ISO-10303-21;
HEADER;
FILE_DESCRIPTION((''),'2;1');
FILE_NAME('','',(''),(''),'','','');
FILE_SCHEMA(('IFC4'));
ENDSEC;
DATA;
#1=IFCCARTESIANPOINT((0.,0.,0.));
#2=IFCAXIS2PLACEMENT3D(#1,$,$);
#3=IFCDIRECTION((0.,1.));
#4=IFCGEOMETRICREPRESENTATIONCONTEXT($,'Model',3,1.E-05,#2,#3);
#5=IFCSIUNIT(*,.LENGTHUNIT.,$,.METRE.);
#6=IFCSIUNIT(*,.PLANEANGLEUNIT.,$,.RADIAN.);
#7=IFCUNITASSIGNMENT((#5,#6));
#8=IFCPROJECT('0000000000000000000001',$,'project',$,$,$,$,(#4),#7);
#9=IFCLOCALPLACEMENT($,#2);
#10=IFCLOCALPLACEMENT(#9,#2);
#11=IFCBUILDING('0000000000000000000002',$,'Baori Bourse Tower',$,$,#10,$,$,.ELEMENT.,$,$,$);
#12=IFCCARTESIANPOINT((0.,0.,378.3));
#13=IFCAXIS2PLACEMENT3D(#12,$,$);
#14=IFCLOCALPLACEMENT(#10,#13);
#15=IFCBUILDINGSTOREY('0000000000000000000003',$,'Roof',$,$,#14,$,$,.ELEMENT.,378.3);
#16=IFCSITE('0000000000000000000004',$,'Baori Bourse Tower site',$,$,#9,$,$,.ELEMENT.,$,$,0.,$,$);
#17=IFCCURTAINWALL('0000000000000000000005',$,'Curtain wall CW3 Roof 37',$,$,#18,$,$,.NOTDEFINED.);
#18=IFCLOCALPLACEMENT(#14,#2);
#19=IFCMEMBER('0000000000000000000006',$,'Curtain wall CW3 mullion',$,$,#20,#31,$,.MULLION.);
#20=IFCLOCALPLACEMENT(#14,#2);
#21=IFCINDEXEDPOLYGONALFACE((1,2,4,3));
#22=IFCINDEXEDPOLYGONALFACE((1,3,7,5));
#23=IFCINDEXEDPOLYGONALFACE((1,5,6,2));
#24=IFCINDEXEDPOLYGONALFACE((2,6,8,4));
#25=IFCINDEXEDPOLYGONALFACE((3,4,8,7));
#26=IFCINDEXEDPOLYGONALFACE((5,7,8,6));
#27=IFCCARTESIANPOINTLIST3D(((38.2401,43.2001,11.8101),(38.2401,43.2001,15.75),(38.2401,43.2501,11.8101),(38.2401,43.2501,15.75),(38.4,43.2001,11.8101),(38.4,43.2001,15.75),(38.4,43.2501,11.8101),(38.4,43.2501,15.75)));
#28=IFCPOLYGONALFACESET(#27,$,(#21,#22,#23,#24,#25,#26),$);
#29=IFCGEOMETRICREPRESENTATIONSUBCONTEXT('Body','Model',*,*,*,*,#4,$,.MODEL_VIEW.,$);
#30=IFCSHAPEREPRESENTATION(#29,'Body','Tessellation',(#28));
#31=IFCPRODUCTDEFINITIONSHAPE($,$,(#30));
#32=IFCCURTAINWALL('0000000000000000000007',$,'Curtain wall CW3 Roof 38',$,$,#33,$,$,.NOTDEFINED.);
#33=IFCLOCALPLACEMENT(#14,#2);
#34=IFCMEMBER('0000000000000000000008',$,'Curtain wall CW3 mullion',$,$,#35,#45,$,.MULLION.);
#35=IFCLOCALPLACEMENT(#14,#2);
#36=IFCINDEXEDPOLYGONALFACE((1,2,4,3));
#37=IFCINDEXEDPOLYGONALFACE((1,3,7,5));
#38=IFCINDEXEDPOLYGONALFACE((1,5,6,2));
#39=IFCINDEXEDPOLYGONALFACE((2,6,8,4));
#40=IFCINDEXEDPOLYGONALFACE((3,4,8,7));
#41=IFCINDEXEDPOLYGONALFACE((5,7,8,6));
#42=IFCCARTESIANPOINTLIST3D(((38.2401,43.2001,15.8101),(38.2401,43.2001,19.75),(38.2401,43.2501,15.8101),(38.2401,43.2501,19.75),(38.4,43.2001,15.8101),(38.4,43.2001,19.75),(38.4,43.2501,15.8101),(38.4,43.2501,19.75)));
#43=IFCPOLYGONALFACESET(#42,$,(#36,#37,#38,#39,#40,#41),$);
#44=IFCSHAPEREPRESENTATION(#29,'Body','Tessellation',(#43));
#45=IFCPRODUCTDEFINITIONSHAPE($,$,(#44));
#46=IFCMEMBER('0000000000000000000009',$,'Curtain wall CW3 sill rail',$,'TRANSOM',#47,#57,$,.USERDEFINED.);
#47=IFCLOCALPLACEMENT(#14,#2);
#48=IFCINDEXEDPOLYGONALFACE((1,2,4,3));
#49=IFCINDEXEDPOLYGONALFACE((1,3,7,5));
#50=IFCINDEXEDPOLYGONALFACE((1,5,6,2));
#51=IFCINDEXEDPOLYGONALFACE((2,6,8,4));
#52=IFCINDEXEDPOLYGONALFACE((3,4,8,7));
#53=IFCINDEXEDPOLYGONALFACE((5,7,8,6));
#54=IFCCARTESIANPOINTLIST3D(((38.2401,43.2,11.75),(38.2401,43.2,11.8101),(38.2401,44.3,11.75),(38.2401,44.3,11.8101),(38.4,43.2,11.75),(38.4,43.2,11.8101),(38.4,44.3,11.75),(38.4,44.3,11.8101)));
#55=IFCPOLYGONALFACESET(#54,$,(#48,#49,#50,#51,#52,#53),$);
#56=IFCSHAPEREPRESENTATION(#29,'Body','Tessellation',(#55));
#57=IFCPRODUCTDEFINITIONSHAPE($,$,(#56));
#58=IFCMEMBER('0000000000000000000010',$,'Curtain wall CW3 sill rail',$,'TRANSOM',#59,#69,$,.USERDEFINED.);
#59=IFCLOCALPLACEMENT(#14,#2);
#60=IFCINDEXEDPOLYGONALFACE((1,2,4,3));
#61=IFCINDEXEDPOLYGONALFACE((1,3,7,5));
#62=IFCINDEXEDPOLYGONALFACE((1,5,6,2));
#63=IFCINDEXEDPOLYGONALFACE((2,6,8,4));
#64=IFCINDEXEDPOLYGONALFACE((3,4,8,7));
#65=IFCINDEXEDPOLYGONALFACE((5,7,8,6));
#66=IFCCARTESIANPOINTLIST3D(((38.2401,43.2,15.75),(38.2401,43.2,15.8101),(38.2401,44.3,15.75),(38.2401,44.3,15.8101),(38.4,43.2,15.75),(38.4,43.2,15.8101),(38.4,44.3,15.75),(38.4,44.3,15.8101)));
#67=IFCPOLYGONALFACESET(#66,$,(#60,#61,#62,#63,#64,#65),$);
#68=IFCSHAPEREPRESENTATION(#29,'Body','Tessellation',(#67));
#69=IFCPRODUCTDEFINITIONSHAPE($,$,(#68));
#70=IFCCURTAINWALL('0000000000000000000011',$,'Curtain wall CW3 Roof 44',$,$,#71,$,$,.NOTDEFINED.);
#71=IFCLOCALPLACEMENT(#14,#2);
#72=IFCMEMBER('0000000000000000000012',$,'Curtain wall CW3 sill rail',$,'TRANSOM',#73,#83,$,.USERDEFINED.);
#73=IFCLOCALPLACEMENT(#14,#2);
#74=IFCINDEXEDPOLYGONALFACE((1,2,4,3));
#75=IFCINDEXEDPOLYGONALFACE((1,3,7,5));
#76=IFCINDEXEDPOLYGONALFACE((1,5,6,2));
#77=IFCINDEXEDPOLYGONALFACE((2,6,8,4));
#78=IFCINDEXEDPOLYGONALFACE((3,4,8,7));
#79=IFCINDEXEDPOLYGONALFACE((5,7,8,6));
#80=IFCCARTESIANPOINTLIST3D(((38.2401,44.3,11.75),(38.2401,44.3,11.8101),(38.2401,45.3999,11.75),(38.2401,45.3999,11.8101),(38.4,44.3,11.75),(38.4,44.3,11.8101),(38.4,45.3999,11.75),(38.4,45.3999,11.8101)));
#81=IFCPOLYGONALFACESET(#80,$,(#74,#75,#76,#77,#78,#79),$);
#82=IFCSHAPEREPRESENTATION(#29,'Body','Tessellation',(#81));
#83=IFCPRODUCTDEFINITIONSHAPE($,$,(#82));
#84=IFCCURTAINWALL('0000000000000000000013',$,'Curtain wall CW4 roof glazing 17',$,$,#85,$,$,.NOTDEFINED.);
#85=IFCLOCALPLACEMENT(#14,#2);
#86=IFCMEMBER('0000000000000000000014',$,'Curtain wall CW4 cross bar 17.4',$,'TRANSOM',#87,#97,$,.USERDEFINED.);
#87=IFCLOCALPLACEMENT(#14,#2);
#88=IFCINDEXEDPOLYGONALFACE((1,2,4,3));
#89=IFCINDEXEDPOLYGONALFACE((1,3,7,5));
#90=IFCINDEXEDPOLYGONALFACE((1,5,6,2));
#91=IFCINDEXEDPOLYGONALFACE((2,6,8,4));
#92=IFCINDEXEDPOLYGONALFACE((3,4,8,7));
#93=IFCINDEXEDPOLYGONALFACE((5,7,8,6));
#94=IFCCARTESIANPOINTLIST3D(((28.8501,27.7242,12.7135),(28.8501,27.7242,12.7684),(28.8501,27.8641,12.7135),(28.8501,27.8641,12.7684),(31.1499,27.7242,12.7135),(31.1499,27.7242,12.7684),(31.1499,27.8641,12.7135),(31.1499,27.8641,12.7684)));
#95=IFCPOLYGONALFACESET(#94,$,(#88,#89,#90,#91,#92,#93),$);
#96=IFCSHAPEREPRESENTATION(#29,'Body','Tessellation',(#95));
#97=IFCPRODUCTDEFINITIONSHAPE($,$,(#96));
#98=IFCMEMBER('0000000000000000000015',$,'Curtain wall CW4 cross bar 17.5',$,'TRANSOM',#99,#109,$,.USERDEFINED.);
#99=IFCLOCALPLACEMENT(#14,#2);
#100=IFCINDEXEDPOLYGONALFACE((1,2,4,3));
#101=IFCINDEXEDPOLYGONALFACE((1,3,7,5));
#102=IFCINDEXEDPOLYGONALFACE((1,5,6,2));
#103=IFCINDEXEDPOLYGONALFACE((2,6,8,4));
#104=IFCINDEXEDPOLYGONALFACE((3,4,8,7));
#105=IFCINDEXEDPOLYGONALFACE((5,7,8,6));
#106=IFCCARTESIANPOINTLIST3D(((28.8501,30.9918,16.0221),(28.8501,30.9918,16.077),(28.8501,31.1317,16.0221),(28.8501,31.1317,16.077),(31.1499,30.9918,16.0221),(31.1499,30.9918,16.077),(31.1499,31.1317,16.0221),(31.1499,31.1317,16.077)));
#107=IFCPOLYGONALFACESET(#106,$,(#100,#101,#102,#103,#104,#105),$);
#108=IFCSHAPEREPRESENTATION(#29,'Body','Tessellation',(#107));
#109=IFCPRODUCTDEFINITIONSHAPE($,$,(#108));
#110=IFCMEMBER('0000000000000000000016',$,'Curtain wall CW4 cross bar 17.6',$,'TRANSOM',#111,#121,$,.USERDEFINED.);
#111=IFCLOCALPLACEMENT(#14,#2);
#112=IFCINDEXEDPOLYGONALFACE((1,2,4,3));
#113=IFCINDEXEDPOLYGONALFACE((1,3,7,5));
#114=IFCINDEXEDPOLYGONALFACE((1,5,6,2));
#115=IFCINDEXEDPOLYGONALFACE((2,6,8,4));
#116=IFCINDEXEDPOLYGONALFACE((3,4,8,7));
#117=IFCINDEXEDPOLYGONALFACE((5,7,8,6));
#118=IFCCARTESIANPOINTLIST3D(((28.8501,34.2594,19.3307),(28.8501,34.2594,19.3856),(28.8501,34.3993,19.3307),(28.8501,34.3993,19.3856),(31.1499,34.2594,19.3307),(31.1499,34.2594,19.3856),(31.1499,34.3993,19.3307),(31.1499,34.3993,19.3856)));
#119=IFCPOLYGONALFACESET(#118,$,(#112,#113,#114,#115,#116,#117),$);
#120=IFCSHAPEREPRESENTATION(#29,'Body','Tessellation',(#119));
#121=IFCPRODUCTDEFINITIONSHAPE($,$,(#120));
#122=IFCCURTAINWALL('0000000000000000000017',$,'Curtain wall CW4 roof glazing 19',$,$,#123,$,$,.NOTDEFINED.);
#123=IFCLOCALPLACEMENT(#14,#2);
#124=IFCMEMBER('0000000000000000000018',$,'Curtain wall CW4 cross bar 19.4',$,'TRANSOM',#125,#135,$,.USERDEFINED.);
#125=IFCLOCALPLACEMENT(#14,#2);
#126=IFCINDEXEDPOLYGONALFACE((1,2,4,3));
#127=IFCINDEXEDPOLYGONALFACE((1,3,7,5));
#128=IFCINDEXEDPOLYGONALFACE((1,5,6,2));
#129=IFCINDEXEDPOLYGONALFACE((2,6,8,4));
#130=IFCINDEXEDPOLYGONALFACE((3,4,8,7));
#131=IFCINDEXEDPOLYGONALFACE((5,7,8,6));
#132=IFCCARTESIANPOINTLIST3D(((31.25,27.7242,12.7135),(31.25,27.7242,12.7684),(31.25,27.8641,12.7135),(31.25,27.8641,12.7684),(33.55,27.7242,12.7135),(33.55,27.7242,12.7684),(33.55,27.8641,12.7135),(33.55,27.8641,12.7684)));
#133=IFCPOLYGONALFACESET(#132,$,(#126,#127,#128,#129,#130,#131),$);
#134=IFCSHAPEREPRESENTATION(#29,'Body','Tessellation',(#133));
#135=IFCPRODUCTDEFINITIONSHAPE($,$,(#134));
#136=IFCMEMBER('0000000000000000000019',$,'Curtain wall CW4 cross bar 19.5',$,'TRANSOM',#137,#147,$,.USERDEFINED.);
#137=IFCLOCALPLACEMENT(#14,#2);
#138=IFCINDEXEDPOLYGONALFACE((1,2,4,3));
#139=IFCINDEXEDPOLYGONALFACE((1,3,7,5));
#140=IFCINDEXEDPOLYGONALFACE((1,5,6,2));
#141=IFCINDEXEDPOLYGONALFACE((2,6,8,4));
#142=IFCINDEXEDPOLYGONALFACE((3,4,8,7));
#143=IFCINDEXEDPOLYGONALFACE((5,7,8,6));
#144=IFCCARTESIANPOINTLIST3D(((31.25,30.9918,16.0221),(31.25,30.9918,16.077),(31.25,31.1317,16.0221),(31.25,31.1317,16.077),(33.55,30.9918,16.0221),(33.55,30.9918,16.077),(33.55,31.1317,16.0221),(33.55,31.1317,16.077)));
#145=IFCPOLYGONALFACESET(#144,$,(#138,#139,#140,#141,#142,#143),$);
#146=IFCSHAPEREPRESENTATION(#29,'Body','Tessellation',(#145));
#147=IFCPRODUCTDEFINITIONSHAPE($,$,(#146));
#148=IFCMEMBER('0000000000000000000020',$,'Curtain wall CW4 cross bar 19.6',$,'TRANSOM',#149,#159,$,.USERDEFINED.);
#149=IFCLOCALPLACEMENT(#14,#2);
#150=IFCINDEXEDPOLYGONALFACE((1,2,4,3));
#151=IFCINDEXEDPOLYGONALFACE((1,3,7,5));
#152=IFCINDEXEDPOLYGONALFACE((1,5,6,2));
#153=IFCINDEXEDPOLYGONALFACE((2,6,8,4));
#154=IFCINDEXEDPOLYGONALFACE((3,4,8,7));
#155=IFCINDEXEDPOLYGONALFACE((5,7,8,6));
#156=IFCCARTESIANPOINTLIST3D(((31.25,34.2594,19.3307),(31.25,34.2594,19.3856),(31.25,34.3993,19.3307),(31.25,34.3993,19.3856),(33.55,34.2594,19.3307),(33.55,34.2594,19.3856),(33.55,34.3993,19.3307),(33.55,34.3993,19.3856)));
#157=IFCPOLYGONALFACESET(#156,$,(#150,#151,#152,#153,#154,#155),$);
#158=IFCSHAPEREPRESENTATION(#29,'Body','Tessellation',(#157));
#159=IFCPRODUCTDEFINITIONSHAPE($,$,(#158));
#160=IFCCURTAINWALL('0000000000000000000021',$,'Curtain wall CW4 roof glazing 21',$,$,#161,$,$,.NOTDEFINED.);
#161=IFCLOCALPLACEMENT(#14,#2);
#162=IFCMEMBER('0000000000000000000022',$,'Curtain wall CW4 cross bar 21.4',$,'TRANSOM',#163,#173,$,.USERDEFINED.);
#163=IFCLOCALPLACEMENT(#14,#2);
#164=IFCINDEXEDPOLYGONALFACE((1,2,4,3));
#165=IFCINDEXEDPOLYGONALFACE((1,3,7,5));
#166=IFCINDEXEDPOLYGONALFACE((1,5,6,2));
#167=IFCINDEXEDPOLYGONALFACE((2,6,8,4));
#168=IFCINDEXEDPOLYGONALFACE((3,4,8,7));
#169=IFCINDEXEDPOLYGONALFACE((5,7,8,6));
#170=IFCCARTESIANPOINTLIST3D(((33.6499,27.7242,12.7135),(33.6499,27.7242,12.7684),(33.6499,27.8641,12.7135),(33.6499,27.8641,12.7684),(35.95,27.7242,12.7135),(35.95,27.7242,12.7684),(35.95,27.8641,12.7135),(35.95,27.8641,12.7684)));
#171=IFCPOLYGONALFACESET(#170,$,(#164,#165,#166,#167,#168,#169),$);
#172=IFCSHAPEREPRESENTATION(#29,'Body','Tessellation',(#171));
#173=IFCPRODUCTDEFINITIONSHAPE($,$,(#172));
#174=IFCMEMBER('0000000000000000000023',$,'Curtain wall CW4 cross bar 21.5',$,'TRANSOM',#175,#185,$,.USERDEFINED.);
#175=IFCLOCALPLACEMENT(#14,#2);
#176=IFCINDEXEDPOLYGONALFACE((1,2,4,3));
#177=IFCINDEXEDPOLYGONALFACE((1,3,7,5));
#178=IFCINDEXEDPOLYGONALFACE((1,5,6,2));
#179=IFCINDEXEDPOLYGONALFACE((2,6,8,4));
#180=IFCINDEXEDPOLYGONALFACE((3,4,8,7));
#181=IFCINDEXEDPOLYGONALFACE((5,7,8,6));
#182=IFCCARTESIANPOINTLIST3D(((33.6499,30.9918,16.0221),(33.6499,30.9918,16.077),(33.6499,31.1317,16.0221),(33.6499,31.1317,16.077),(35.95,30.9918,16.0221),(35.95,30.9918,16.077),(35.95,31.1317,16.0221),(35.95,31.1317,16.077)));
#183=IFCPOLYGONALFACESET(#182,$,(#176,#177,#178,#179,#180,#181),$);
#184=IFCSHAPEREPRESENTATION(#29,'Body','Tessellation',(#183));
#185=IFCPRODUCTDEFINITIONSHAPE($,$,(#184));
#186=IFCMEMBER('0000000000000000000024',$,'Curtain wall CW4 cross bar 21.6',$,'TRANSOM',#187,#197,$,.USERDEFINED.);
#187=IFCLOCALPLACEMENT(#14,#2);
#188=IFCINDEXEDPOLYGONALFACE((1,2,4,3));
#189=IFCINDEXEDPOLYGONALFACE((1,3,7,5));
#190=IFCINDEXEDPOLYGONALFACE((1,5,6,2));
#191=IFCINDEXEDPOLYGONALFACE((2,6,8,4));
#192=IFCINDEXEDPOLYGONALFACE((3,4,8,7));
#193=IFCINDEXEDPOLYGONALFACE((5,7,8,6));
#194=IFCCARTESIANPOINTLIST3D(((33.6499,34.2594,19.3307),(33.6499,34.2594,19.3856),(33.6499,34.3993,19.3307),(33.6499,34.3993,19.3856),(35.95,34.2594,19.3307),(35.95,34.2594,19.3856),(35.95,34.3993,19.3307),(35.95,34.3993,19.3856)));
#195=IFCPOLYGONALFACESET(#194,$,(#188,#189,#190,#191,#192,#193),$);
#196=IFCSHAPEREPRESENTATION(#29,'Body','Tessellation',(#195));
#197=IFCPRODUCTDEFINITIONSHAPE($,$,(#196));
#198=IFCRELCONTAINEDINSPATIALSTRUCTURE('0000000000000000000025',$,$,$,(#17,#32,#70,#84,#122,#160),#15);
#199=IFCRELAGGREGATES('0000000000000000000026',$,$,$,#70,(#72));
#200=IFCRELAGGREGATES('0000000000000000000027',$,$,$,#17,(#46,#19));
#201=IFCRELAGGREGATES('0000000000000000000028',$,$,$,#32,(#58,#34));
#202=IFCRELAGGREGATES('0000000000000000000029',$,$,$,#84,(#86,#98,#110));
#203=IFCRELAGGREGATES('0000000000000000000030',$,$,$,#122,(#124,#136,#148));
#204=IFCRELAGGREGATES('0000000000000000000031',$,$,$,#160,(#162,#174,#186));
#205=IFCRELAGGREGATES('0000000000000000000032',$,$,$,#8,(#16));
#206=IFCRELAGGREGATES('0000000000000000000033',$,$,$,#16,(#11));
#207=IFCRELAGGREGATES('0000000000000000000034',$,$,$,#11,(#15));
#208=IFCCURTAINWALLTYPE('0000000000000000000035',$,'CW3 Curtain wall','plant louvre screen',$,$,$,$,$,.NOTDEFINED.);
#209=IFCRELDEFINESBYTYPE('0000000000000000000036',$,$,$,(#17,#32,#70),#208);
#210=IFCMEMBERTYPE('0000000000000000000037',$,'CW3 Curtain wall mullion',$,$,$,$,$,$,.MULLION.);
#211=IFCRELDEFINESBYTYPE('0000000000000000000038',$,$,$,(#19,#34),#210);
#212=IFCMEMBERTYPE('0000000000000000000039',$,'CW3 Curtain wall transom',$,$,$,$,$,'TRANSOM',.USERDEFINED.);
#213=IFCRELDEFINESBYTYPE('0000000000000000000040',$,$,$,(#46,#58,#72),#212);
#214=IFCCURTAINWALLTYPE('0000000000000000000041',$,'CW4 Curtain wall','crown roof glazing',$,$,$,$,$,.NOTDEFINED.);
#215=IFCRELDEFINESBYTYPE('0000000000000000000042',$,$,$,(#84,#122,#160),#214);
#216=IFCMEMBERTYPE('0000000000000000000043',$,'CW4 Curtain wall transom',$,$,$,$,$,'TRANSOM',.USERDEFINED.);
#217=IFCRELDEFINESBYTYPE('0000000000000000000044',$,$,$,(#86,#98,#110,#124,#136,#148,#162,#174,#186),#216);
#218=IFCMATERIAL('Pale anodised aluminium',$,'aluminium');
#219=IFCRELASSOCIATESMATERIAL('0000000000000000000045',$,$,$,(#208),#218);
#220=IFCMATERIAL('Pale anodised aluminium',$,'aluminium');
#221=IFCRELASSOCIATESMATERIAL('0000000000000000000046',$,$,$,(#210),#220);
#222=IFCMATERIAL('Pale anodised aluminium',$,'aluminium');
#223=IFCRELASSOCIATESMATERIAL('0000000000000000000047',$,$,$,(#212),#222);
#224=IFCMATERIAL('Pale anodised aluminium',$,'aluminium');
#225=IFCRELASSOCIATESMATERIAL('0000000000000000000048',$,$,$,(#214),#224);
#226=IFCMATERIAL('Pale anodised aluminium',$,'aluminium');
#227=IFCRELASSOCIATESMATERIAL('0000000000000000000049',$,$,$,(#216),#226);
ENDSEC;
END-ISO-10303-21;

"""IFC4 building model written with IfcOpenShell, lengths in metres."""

from ifc_helpers import new_model, si_unit, direction, frame, origin, origin_2d, place, context, subcontext, project, spatial, rectangle, extrude, material, material_profile, profile_set, type_object, element, aggregate, save


model = new_model("IFC4")

# Units and contexts
model_context = context("Model", 3, precision=1e-05, world=origin(), true_north=direction((0.0, 1.0)))
body_context = subcontext(model_context, "Body", "Model", "MODEL_VIEW")
ifc_project = project(units=[si_unit("LENGTHUNIT", "METRE"), si_unit("PLANEANGLEUNIT", "RADIAN")], contexts=[model_context])

# Site, building, storey
site_placement = place(None, origin())
site = spatial("IfcSite", under=ifc_project, at=site_placement, Name="Baori Bourse Tower site", CompositionType="ELEMENT", RefElevation=0.0)
building_placement = place(site_placement, origin())
building = spatial("IfcBuilding", under=site, at=building_placement, Name="Baori Bourse Tower", CompositionType="ELEMENT")
storey_placement = place(building_placement, frame((0.0, 0.0, 378.3)))
storey = spatial("IfcBuildingStorey", under=building, at=storey_placement, Name="Roof", CompositionType="ELEMENT", Elevation=378.3)

# Curtain walls, members
ifc_material_1 = material(Name="Pale anodised aluminium", Category="aluminium")
curtain_wall_type_1 = type_object("IfcCurtainWallType", Name="CW3 Curtain wall", Description="plant louvre screen", PredefinedType="NOTDEFINED", material=ifc_material_1)
curtain_wall_1_placement = place(storey_placement, origin())
curtain_wall_1 = element("IfcCurtainWall", 1, at=curtain_wall_1_placement, inside=storey, type_object=curtain_wall_type_1, Name="Curtain wall CW3 Roof 37", PredefinedType="NOTDEFINED")
ifc_material_2 = material(Name="Pale anodised aluminium", Category="aluminium")
ifc_material_profile_1 = material_profile(ifc_material_2, rectangle(XDim=0.1599, YDim=0.05, at=origin_2d()), Name="Mullion 50x160")
ifc_profile_set_1 = profile_set([ifc_material_profile_1], Name="Pale anodised aluminium")
member_type_1 = type_object("IfcMemberType", Name="CW3 Curtain wall mullion", PredefinedType="MULLION", material=ifc_profile_set_1)
member_1_placement = place(storey_placement, frame((38.3201, 43.2251, 11.8101), z_axis=(0.0, 0.0, 1.0), x_axis=(-1.0, 0.0, 0.0)))
member_1 = element("IfcMember", 2, at=member_1_placement, type_object=member_type_1, Name="Curtain wall CW3 mullion", PredefinedType="MULLION", context=body_context, shape_type="SweptSolid", body=[
    extrude(rectangle(XDim=0.1599, YDim=0.05, at=origin_2d()), origin(), (0.0, 0.0, 1.0), 3.9399),
])
curtain_wall_2_placement = place(storey_placement, origin())
curtain_wall_2 = element("IfcCurtainWall", 3, at=curtain_wall_2_placement, inside=storey, type_object=curtain_wall_type_1, Name="Curtain wall CW3 Roof 38", PredefinedType="NOTDEFINED")
member_2_placement = place(storey_placement, frame((38.3201, 43.2251, 15.8101), z_axis=(0.0, 0.0, 1.0), x_axis=(-1.0, 0.0, 0.0)))
member_2 = element("IfcMember", 4, at=member_2_placement, type_object=member_type_1, Name="Curtain wall CW3 mullion", PredefinedType="MULLION", context=body_context, shape_type="SweptSolid", body=[
    extrude(rectangle(XDim=0.1599, YDim=0.05, at=origin_2d()), origin(), (0.0, 0.0, 1.0), 3.9399),
])

# Members
ifc_material_3 = material(Name="Pale anodised aluminium", Category="aluminium")
ifc_material_profile_2 = material_profile(ifc_material_3, rectangle(XDim=0.1599, YDim=0.0601, at=origin_2d()), Name="Transom 60x160")
ifc_profile_set_2 = profile_set([ifc_material_profile_2], Name="Pale anodised aluminium")
member_type_2 = type_object("IfcMemberType", Name="CW3 Curtain wall transom", ElementType="TRANSOM", PredefinedType="USERDEFINED", material=ifc_profile_set_2)
member_3_placement = place(storey_placement, frame((38.3201, 43.2, 11.78), z_axis=(0.0, 1.0, 0.0), x_axis=(-1.0, 0.0, 0.0)))
member_3 = element("IfcMember", 5, at=member_3_placement, type_object=member_type_2, Name="Curtain wall CW3 sill rail", ObjectType="TRANSOM", PredefinedType="USERDEFINED", context=body_context, shape_type="SweptSolid", body=[
    extrude(rectangle(XDim=0.1599, YDim=0.0601, at=origin_2d()), origin(), (0.0, 0.0, 1.0), 1.1001),
])
member_4_placement = place(storey_placement, frame((38.3201, 43.2, 15.78), z_axis=(0.0, 1.0, 0.0), x_axis=(-1.0, 0.0, 0.0)))
member_4 = element("IfcMember", 6, at=member_4_placement, type_object=member_type_2, Name="Curtain wall CW3 sill rail", ObjectType="TRANSOM", PredefinedType="USERDEFINED", context=body_context, shape_type="SweptSolid", body=[
    extrude(rectangle(XDim=0.1599, YDim=0.0601, at=origin_2d()), origin(), (0.0, 0.0, 1.0), 1.1001),
])

# Curtain wall, member
curtain_wall_3_placement = place(storey_placement, origin())
curtain_wall_3 = element("IfcCurtainWall", 7, at=curtain_wall_3_placement, inside=storey, type_object=curtain_wall_type_1, Name="Curtain wall CW3 Roof 44", PredefinedType="NOTDEFINED")
member_5_placement = place(storey_placement, frame((38.3201, 44.3, 11.78), z_axis=(0.0, 1.0, 0.0), x_axis=(-1.0, 0.0, 0.0)))
member_5 = element("IfcMember", 8, at=member_5_placement, type_object=member_type_2, Name="Curtain wall CW3 sill rail", ObjectType="TRANSOM", PredefinedType="USERDEFINED", context=body_context, shape_type="SweptSolid", body=[
    extrude(rectangle(XDim=0.1599, YDim=0.0601, at=origin_2d()), origin(), (0.0, 0.0, 1.0), 1.0999),
])
aggregate(curtain_wall_3, [member_5])

# Curtain walls, members
ifc_material_4 = material(Name="Pale anodised aluminium", Category="aluminium")
curtain_wall_type_2 = type_object("IfcCurtainWallType", Name="CW4 Curtain wall", Description="crown roof glazing", PredefinedType="NOTDEFINED", material=ifc_material_4)
curtain_wall_4_placement = place(storey_placement, origin())
curtain_wall_4 = element("IfcCurtainWall", 9, at=curtain_wall_4_placement, inside=storey, type_object=curtain_wall_type_2, Name="Curtain wall CW4 roof glazing 17", PredefinedType="NOTDEFINED")
ifc_material_5 = material(Name="Pale anodised aluminium", Category="aluminium")
ifc_material_profile_3 = material_profile(ifc_material_5, rectangle(XDim=0.1399, YDim=0.0549, at=origin_2d()), Name="Transom 55x140")
ifc_profile_set_3 = profile_set([ifc_material_profile_3], Name="Pale anodised aluminium")
member_type_3 = type_object("IfcMemberType", Name="CW4 Curtain wall transom", ElementType="TRANSOM", PredefinedType="USERDEFINED", material=ifc_profile_set_3)
member_6_placement = place(storey_placement, frame((28.8501, 27.7942, 12.741), z_axis=(1.0, 0.0, 0.0), x_axis=(0.0, 1.0, 0.0)))
member_6 = element("IfcMember", 10, at=member_6_placement, type_object=member_type_3, Name="Curtain wall CW4 cross bar 17.4", ObjectType="TRANSOM", PredefinedType="USERDEFINED", context=body_context, shape_type="SweptSolid", body=[
    extrude(rectangle(XDim=0.1399, YDim=0.0549, at=origin_2d()), origin(), (0.0, 0.0, 1.0), 2.2998),
])
member_7_placement = place(storey_placement, frame((28.8501, 31.0618, 16.0496), z_axis=(1.0, 0.0, 0.0), x_axis=(0.0, 1.0, 0.0)))
member_7 = element("IfcMember", 11, at=member_7_placement, type_object=member_type_3, Name="Curtain wall CW4 cross bar 17.5", ObjectType="TRANSOM", PredefinedType="USERDEFINED", context=body_context, shape_type="SweptSolid", body=[
    extrude(rectangle(XDim=0.1399, YDim=0.0549, at=origin_2d()), origin(), (0.0, 0.0, 1.0), 2.2998),
])
member_8_placement = place(storey_placement, frame((28.8501, 34.3293, 19.3582), z_axis=(1.0, 0.0, 0.0), x_axis=(0.0, 1.0, 0.0)))
member_8 = element("IfcMember", 12, at=member_8_placement, type_object=member_type_3, Name="Curtain wall CW4 cross bar 17.6", ObjectType="TRANSOM", PredefinedType="USERDEFINED", context=body_context, shape_type="SweptSolid", body=[
    extrude(rectangle(XDim=0.1399, YDim=0.0549, at=origin_2d()), origin(), (0.0, 0.0, 1.0), 2.2998),
])
curtain_wall_5_placement = place(storey_placement, origin())
curtain_wall_5 = element("IfcCurtainWall", 13, at=curtain_wall_5_placement, inside=storey, type_object=curtain_wall_type_2, Name="Curtain wall CW4 roof glazing 19", PredefinedType="NOTDEFINED")
member_9_placement = place(storey_placement, frame((31.25, 27.7942, 12.741), z_axis=(1.0, 0.0, 0.0), x_axis=(0.0, 1.0, 0.0)))
member_9 = element("IfcMember", 14, at=member_9_placement, type_object=member_type_3, Name="Curtain wall CW4 cross bar 19.4", ObjectType="TRANSOM", PredefinedType="USERDEFINED", context=body_context, shape_type="SweptSolid", body=[
    extrude(rectangle(XDim=0.1399, YDim=0.0549, at=origin_2d()), origin(), (0.0, 0.0, 1.0), 2.3),
])
member_10_placement = place(storey_placement, frame((31.25, 31.0618, 16.0496), z_axis=(1.0, 0.0, 0.0), x_axis=(0.0, 1.0, 0.0)))
member_10 = element("IfcMember", 15, at=member_10_placement, type_object=member_type_3, Name="Curtain wall CW4 cross bar 19.5", ObjectType="TRANSOM", PredefinedType="USERDEFINED", context=body_context, shape_type="SweptSolid", body=[
    extrude(rectangle(XDim=0.1399, YDim=0.0549, at=origin_2d()), origin(), (0.0, 0.0, 1.0), 2.3),
])
member_11_placement = place(storey_placement, frame((31.25, 34.3293, 19.3582), z_axis=(1.0, 0.0, 0.0), x_axis=(0.0, 1.0, 0.0)))
member_11 = element("IfcMember", 16, at=member_11_placement, type_object=member_type_3, Name="Curtain wall CW4 cross bar 19.6", ObjectType="TRANSOM", PredefinedType="USERDEFINED", context=body_context, shape_type="SweptSolid", body=[
    extrude(rectangle(XDim=0.1399, YDim=0.0549, at=origin_2d()), origin(), (0.0, 0.0, 1.0), 2.3),
])
curtain_wall_6_placement = place(storey_placement, origin())
curtain_wall_6 = element("IfcCurtainWall", 17, at=curtain_wall_6_placement, inside=storey, type_object=curtain_wall_type_2, Name="Curtain wall CW4 roof glazing 21", PredefinedType="NOTDEFINED")
member_12_placement = place(storey_placement, frame((33.6499, 27.7942, 12.741), z_axis=(1.0, 0.0, 0.0), x_axis=(0.0, 1.0, 0.0)))
member_12 = element("IfcMember", 18, at=member_12_placement, type_object=member_type_3, Name="Curtain wall CW4 cross bar 21.4", ObjectType="TRANSOM", PredefinedType="USERDEFINED", context=body_context, shape_type="SweptSolid", body=[
    extrude(rectangle(XDim=0.1399, YDim=0.0549, at=origin_2d()), origin(), (0.0, 0.0, 1.0), 2.3),
])
member_13_placement = place(storey_placement, frame((33.6499, 31.0618, 16.0496), z_axis=(1.0, 0.0, 0.0), x_axis=(0.0, 1.0, 0.0)))
member_13 = element("IfcMember", 19, at=member_13_placement, type_object=member_type_3, Name="Curtain wall CW4 cross bar 21.5", ObjectType="TRANSOM", PredefinedType="USERDEFINED", context=body_context, shape_type="SweptSolid", body=[
    extrude(rectangle(XDim=0.1399, YDim=0.0549, at=origin_2d()), origin(), (0.0, 0.0, 1.0), 2.3),
])
member_14_placement = place(storey_placement, frame((33.6499, 34.3293, 19.3582), z_axis=(1.0, 0.0, 0.0), x_axis=(0.0, 1.0, 0.0)))
member_14 = element("IfcMember", 20, at=member_14_placement, type_object=member_type_3, Name="Curtain wall CW4 cross bar 21.6", ObjectType="TRANSOM", PredefinedType="USERDEFINED", context=body_context, shape_type="SweptSolid", body=[
    extrude(rectangle(XDim=0.1399, YDim=0.0549, at=origin_2d()), origin(), (0.0, 0.0, 1.0), 2.3),
])

aggregate(curtain_wall_1, [member_3, member_1])
aggregate(curtain_wall_2, [member_4, member_2])
aggregate(curtain_wall_4, [member_6, member_7, member_8])
aggregate(curtain_wall_5, [member_9, member_10, member_11])
aggregate(curtain_wall_6, [member_12, member_13, member_14])

save(model, "model.ifc")
